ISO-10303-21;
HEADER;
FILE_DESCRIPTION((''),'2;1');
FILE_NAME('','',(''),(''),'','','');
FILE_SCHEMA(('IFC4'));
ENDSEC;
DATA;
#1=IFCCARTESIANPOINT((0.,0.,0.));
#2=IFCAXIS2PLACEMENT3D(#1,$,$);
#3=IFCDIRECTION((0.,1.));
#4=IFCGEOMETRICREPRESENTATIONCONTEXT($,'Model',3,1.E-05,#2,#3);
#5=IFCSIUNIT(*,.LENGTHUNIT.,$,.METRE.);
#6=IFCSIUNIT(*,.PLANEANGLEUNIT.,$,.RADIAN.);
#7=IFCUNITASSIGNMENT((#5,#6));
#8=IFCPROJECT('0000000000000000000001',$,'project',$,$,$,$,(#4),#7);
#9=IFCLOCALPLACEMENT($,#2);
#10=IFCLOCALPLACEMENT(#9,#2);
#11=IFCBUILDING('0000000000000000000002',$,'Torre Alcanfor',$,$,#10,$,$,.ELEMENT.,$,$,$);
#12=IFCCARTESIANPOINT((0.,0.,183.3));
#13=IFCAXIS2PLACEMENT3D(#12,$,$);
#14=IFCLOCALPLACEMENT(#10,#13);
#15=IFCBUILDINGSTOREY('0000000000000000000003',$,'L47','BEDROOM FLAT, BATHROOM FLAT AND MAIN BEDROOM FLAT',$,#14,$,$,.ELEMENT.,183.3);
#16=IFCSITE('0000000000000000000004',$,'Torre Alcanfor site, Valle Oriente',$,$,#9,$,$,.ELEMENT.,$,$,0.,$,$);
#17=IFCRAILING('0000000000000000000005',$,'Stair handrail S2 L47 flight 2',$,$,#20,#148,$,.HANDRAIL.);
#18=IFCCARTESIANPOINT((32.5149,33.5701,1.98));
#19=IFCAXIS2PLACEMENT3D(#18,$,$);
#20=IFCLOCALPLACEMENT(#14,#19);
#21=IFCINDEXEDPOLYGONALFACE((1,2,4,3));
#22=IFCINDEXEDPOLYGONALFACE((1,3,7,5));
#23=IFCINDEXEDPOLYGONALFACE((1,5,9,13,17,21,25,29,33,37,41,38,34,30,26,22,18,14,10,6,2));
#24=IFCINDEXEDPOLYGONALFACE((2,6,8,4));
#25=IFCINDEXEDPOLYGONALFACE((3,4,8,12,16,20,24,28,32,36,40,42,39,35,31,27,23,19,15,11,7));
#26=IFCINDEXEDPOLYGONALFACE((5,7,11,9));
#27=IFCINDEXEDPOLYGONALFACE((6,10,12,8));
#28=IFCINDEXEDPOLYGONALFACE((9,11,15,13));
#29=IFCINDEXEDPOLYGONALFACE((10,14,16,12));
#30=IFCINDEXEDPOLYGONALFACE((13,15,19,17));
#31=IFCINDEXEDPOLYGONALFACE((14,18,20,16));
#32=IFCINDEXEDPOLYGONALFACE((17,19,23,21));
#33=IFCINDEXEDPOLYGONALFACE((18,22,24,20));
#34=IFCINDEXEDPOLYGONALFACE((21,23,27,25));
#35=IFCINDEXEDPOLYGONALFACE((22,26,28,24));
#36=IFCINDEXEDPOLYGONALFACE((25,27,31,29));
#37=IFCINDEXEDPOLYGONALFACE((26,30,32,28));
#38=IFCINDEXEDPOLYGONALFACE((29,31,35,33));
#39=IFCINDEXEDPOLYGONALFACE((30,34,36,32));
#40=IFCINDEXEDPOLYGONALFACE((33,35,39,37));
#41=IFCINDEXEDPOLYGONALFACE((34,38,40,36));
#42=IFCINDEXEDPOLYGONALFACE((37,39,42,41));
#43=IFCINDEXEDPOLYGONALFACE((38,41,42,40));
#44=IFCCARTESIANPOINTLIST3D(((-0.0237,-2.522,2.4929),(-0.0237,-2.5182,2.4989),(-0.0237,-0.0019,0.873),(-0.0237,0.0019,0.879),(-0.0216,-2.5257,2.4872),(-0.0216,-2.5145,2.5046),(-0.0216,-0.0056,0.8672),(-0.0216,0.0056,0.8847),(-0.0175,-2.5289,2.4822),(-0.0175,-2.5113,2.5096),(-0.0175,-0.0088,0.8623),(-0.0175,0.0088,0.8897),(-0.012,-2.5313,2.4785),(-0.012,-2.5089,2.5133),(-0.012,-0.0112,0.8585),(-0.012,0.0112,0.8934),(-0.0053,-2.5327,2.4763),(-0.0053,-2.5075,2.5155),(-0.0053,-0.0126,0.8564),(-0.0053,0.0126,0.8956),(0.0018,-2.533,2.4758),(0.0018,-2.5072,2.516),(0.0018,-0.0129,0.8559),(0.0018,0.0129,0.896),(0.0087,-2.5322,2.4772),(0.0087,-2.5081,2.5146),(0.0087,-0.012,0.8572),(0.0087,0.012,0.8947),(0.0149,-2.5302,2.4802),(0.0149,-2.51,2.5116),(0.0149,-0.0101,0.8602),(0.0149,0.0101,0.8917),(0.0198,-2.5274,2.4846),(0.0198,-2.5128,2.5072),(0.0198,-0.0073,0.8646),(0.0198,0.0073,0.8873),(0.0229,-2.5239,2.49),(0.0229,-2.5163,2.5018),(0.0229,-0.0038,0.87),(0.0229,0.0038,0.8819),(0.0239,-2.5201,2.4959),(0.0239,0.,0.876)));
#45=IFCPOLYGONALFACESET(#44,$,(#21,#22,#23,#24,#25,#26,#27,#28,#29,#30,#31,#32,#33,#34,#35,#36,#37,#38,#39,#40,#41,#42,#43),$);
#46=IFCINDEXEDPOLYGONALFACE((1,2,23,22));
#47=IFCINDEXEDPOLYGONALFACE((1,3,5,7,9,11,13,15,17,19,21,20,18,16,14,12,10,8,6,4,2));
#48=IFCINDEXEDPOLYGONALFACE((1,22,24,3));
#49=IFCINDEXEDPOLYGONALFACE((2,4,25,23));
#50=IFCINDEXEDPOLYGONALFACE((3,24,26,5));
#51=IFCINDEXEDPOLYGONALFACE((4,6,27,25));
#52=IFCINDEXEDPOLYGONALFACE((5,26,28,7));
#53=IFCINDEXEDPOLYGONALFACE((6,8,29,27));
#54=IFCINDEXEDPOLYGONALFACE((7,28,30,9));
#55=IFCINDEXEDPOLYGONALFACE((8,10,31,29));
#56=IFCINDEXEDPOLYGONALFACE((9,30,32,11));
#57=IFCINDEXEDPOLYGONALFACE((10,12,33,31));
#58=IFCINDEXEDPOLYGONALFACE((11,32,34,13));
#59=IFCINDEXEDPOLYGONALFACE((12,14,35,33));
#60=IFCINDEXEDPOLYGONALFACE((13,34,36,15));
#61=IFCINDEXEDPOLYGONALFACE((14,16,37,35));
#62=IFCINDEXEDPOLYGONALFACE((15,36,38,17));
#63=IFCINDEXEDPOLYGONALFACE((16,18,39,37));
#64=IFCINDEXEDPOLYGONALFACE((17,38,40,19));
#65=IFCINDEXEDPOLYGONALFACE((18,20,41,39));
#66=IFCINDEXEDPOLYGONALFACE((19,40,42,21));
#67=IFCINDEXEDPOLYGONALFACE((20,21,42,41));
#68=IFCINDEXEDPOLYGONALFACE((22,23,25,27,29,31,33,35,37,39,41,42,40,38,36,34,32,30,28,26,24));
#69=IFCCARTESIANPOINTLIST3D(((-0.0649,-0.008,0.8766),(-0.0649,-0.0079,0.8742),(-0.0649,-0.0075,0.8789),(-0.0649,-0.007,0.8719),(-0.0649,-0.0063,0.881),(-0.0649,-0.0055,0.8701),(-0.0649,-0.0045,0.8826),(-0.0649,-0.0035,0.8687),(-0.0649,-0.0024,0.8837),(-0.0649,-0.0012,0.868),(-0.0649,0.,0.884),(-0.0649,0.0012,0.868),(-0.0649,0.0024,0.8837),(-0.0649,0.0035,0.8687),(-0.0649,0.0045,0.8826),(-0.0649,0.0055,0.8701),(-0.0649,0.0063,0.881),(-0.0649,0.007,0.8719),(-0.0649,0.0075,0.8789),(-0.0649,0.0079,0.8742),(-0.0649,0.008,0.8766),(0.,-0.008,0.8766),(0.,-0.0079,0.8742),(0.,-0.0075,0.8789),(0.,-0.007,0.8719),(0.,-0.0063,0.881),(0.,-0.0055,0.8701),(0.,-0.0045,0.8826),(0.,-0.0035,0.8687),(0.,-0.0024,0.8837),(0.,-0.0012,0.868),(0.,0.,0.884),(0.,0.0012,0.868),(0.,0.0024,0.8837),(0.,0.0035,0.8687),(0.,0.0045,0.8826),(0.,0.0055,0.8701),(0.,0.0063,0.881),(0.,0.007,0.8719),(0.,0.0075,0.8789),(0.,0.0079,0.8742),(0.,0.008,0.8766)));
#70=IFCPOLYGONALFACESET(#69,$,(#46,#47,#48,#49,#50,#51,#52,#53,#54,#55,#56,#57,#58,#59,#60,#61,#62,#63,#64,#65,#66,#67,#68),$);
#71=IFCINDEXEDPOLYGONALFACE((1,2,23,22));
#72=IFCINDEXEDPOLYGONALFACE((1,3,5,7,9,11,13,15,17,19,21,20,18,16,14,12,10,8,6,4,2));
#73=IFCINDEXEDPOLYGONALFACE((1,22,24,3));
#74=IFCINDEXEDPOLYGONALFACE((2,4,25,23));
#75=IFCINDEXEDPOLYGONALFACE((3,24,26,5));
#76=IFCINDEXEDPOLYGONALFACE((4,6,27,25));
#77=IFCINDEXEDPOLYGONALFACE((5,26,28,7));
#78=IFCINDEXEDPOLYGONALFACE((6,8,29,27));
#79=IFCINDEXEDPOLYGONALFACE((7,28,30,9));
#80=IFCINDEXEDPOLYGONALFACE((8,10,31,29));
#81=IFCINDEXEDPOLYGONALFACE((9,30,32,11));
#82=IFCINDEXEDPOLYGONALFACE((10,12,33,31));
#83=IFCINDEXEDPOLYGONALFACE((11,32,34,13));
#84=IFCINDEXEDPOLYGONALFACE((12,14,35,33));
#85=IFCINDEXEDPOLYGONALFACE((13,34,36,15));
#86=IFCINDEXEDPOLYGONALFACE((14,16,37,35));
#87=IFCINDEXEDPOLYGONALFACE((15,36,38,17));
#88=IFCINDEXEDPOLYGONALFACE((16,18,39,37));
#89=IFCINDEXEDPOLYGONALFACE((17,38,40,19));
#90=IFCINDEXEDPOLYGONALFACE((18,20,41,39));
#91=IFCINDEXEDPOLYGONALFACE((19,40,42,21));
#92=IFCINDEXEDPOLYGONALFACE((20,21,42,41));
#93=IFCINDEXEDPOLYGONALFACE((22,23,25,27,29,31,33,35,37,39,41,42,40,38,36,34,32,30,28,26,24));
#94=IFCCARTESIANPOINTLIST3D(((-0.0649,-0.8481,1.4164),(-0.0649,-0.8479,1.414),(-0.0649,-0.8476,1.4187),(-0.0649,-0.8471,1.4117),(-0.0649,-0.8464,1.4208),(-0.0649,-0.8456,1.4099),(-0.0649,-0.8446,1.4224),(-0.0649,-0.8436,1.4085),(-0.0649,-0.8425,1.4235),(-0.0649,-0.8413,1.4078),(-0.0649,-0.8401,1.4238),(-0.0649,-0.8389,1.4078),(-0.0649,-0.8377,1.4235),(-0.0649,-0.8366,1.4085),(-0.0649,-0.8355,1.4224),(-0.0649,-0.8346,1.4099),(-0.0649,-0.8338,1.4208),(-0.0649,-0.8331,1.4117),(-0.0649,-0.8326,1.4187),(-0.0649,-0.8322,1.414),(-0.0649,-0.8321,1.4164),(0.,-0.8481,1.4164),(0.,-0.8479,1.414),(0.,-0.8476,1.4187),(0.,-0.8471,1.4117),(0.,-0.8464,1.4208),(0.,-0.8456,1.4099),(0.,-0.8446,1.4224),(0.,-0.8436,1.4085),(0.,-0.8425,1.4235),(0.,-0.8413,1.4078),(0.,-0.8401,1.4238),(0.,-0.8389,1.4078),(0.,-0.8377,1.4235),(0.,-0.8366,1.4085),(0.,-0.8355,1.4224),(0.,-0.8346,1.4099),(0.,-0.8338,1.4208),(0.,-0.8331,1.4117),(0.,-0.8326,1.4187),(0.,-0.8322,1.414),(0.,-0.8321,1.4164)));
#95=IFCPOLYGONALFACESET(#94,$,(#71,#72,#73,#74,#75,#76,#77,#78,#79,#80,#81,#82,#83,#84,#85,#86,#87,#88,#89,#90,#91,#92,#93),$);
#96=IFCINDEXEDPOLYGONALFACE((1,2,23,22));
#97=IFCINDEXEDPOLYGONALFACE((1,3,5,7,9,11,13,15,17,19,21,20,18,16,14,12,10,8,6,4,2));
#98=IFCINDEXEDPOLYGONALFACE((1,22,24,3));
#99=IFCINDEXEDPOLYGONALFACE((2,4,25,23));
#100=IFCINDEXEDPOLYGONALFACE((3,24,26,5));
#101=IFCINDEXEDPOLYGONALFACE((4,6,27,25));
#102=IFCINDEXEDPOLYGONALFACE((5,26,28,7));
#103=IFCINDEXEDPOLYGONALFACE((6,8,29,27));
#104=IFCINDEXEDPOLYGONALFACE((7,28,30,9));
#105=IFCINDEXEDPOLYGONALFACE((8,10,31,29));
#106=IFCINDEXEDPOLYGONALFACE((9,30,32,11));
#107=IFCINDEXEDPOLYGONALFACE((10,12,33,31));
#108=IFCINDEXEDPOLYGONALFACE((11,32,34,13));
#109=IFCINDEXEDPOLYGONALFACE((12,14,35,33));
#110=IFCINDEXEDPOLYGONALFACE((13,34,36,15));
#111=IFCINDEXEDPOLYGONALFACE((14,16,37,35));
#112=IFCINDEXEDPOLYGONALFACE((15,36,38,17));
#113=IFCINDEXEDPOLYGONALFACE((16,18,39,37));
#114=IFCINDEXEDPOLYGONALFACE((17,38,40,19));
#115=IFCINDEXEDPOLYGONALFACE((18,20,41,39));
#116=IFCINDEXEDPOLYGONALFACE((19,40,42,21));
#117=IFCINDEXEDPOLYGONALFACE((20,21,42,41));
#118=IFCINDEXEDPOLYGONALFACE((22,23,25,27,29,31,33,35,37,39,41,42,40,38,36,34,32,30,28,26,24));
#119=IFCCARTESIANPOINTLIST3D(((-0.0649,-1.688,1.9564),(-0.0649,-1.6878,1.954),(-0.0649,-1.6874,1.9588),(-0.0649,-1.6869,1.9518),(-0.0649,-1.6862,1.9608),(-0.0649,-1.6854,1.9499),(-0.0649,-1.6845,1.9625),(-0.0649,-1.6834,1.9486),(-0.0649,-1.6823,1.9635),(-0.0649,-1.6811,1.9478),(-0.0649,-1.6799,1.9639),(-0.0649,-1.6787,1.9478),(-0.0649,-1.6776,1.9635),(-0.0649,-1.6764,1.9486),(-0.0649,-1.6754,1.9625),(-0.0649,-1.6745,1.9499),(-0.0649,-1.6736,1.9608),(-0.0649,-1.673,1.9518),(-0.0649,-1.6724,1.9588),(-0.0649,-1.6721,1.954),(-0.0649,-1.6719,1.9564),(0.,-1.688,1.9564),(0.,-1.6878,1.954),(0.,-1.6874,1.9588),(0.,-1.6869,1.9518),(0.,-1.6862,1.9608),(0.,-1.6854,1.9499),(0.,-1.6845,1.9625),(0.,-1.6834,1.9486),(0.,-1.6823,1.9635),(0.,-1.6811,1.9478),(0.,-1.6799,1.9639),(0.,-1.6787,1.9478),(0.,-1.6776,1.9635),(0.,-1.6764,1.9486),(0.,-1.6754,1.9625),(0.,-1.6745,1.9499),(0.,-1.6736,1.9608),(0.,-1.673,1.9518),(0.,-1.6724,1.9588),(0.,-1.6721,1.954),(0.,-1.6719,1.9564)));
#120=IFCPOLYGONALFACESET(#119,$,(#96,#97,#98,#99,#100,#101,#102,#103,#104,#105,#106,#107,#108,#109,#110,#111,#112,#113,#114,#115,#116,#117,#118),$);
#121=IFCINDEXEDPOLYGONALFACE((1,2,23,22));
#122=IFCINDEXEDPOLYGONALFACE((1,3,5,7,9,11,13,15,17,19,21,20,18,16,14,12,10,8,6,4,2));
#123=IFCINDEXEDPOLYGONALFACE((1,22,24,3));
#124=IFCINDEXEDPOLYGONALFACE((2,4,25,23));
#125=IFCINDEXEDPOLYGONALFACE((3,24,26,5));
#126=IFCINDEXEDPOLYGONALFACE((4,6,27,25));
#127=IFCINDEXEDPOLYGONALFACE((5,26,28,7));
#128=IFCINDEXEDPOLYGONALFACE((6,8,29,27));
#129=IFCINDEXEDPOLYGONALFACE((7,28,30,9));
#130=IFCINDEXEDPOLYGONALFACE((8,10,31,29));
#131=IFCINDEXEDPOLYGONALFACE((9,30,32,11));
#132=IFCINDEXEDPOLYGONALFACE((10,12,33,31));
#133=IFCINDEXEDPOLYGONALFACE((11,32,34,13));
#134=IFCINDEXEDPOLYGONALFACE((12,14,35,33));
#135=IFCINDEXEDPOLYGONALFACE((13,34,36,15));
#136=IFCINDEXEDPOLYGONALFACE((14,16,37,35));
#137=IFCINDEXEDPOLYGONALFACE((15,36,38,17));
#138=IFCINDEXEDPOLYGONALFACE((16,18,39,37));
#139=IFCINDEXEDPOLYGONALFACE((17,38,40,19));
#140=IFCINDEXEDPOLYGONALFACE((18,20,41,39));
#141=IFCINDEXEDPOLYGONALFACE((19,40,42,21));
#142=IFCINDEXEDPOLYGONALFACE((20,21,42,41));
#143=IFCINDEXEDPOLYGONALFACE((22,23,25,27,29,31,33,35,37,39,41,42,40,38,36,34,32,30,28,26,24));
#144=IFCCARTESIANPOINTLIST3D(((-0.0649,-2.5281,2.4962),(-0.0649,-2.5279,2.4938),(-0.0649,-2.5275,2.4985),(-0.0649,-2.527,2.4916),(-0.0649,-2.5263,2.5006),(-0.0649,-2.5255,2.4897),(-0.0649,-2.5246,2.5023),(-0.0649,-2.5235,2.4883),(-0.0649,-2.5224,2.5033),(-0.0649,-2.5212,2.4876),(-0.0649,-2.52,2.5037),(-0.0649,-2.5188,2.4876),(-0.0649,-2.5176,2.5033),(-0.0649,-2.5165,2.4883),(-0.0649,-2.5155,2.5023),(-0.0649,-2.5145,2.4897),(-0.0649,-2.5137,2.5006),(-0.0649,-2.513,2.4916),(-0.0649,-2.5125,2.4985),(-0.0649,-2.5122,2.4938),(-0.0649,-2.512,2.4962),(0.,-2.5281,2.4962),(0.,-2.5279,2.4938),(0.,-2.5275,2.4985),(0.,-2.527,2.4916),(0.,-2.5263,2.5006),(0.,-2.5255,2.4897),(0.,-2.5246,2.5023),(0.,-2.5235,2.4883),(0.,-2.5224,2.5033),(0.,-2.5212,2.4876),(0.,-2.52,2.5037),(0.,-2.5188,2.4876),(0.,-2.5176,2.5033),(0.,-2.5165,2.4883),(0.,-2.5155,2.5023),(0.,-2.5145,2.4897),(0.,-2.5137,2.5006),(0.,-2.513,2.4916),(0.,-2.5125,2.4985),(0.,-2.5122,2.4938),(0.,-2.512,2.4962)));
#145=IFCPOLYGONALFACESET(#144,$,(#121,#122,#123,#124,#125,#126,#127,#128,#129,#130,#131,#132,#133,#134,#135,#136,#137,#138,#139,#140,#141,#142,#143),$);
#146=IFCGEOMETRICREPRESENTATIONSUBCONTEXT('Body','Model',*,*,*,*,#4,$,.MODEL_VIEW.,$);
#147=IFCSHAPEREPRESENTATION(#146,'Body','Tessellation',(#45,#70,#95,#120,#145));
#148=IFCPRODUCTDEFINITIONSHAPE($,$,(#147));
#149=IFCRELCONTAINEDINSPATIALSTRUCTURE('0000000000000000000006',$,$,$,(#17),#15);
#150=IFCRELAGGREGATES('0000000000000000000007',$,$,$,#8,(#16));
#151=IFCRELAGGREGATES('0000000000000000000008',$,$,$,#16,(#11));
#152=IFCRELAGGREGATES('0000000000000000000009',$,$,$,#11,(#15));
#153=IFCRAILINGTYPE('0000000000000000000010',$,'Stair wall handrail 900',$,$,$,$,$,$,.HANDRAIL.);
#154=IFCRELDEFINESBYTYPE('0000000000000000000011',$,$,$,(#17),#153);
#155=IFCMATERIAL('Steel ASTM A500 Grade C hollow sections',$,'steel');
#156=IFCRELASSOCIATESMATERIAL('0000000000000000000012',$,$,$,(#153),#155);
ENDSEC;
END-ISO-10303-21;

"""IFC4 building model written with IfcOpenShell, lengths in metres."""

from ifc_helpers import new_model, si_unit, direction, frame, origin, origin_2d, place, context, subcontext, project, spatial, circle, extrude, material, type_object, element, save


model = new_model("IFC4")

# Units and contexts
model_context = context("Model", 3, precision=1e-05, world=origin(), true_north=direction((0.0, 1.0)))
body_context = subcontext(model_context, "Body", "Model", "MODEL_VIEW")
ifc_project = project(units=[si_unit("LENGTHUNIT", "METRE"), si_unit("PLANEANGLEUNIT", "RADIAN")], contexts=[model_context])

# Site, building, storey
site_placement = place(None, origin())
site = spatial("IfcSite", under=ifc_project, at=site_placement, Name="Torre Alcanfor site, Valle Oriente", CompositionType="ELEMENT", RefElevation=0.0)
building_placement = place(site_placement, origin())
building = spatial("IfcBuilding", under=site, at=building_placement, Name="Torre Alcanfor", CompositionType="ELEMENT")
storey_placement = place(building_placement, frame((0.0, 0.0, 183.3)))
storey = spatial("IfcBuildingStorey", under=building, at=storey_placement, Name="L47", Description="BEDROOM FLAT, BATHROOM FLAT AND MAIN BEDROOM FLAT", CompositionType="ELEMENT", Elevation=183.3)

# Railing
ifc_material_1 = material(Name="Steel ASTM A500 Grade C hollow sections", Category="steel")
railing_type_1 = type_object("IfcRailingType", Name="Stair wall handrail 900", PredefinedType="HANDRAIL", material=ifc_material_1)
railing_1_placement = place(storey_placement, frame((32.5149, 33.5701, 1.98)))
element("IfcRailing", 1, at=railing_1_placement, inside=storey, type_object=railing_type_1, Name="Stair handrail S2 L47 flight 2", PredefinedType="HANDRAIL", context=body_context, shape_type="SweptSolid", body=[
    extrude(circle(Radius=0.0239, at=origin_2d()), frame((0.0, 0.0, 0.876), z_axis=(0.0, -0.8412, 0.540725), x_axis=(1.0, 0.0, 0.0)), (0.0, 0.0, 1.0), 2.9958),
    extrude(circle(Radius=0.0081, at=origin_2d()), frame((0.0, 0.0, 0.876), z_axis=(-1.0, 0.0, 0.0), x_axis=(0.0, 0.0, 1.0)), (0.0, 0.0, 1.0), 0.0649),
    extrude(circle(Radius=0.0081, at=origin_2d()), frame((0.0, -0.8401, 1.4158), z_axis=(-1.0, 0.0, 0.0), x_axis=(0.0, 0.0, 1.0)), (0.0, 0.0, 1.0), 0.0649),
    extrude(circle(Radius=0.0081, at=origin_2d()), frame((0.0, -1.6799, 1.9558), z_axis=(-1.0, 0.0, 0.0), x_axis=(0.0, 0.0, 1.0)), (0.0, 0.0, 1.0), 0.0649),
    extrude(circle(Radius=0.0081, at=origin_2d()), frame((0.0, -2.52, 2.4956), z_axis=(-1.0, 0.0, 0.0), x_axis=(0.0, 0.0, 1.0)), (0.0, 0.0, 1.0), 0.0649),
])

save(model, "model.ifc")
